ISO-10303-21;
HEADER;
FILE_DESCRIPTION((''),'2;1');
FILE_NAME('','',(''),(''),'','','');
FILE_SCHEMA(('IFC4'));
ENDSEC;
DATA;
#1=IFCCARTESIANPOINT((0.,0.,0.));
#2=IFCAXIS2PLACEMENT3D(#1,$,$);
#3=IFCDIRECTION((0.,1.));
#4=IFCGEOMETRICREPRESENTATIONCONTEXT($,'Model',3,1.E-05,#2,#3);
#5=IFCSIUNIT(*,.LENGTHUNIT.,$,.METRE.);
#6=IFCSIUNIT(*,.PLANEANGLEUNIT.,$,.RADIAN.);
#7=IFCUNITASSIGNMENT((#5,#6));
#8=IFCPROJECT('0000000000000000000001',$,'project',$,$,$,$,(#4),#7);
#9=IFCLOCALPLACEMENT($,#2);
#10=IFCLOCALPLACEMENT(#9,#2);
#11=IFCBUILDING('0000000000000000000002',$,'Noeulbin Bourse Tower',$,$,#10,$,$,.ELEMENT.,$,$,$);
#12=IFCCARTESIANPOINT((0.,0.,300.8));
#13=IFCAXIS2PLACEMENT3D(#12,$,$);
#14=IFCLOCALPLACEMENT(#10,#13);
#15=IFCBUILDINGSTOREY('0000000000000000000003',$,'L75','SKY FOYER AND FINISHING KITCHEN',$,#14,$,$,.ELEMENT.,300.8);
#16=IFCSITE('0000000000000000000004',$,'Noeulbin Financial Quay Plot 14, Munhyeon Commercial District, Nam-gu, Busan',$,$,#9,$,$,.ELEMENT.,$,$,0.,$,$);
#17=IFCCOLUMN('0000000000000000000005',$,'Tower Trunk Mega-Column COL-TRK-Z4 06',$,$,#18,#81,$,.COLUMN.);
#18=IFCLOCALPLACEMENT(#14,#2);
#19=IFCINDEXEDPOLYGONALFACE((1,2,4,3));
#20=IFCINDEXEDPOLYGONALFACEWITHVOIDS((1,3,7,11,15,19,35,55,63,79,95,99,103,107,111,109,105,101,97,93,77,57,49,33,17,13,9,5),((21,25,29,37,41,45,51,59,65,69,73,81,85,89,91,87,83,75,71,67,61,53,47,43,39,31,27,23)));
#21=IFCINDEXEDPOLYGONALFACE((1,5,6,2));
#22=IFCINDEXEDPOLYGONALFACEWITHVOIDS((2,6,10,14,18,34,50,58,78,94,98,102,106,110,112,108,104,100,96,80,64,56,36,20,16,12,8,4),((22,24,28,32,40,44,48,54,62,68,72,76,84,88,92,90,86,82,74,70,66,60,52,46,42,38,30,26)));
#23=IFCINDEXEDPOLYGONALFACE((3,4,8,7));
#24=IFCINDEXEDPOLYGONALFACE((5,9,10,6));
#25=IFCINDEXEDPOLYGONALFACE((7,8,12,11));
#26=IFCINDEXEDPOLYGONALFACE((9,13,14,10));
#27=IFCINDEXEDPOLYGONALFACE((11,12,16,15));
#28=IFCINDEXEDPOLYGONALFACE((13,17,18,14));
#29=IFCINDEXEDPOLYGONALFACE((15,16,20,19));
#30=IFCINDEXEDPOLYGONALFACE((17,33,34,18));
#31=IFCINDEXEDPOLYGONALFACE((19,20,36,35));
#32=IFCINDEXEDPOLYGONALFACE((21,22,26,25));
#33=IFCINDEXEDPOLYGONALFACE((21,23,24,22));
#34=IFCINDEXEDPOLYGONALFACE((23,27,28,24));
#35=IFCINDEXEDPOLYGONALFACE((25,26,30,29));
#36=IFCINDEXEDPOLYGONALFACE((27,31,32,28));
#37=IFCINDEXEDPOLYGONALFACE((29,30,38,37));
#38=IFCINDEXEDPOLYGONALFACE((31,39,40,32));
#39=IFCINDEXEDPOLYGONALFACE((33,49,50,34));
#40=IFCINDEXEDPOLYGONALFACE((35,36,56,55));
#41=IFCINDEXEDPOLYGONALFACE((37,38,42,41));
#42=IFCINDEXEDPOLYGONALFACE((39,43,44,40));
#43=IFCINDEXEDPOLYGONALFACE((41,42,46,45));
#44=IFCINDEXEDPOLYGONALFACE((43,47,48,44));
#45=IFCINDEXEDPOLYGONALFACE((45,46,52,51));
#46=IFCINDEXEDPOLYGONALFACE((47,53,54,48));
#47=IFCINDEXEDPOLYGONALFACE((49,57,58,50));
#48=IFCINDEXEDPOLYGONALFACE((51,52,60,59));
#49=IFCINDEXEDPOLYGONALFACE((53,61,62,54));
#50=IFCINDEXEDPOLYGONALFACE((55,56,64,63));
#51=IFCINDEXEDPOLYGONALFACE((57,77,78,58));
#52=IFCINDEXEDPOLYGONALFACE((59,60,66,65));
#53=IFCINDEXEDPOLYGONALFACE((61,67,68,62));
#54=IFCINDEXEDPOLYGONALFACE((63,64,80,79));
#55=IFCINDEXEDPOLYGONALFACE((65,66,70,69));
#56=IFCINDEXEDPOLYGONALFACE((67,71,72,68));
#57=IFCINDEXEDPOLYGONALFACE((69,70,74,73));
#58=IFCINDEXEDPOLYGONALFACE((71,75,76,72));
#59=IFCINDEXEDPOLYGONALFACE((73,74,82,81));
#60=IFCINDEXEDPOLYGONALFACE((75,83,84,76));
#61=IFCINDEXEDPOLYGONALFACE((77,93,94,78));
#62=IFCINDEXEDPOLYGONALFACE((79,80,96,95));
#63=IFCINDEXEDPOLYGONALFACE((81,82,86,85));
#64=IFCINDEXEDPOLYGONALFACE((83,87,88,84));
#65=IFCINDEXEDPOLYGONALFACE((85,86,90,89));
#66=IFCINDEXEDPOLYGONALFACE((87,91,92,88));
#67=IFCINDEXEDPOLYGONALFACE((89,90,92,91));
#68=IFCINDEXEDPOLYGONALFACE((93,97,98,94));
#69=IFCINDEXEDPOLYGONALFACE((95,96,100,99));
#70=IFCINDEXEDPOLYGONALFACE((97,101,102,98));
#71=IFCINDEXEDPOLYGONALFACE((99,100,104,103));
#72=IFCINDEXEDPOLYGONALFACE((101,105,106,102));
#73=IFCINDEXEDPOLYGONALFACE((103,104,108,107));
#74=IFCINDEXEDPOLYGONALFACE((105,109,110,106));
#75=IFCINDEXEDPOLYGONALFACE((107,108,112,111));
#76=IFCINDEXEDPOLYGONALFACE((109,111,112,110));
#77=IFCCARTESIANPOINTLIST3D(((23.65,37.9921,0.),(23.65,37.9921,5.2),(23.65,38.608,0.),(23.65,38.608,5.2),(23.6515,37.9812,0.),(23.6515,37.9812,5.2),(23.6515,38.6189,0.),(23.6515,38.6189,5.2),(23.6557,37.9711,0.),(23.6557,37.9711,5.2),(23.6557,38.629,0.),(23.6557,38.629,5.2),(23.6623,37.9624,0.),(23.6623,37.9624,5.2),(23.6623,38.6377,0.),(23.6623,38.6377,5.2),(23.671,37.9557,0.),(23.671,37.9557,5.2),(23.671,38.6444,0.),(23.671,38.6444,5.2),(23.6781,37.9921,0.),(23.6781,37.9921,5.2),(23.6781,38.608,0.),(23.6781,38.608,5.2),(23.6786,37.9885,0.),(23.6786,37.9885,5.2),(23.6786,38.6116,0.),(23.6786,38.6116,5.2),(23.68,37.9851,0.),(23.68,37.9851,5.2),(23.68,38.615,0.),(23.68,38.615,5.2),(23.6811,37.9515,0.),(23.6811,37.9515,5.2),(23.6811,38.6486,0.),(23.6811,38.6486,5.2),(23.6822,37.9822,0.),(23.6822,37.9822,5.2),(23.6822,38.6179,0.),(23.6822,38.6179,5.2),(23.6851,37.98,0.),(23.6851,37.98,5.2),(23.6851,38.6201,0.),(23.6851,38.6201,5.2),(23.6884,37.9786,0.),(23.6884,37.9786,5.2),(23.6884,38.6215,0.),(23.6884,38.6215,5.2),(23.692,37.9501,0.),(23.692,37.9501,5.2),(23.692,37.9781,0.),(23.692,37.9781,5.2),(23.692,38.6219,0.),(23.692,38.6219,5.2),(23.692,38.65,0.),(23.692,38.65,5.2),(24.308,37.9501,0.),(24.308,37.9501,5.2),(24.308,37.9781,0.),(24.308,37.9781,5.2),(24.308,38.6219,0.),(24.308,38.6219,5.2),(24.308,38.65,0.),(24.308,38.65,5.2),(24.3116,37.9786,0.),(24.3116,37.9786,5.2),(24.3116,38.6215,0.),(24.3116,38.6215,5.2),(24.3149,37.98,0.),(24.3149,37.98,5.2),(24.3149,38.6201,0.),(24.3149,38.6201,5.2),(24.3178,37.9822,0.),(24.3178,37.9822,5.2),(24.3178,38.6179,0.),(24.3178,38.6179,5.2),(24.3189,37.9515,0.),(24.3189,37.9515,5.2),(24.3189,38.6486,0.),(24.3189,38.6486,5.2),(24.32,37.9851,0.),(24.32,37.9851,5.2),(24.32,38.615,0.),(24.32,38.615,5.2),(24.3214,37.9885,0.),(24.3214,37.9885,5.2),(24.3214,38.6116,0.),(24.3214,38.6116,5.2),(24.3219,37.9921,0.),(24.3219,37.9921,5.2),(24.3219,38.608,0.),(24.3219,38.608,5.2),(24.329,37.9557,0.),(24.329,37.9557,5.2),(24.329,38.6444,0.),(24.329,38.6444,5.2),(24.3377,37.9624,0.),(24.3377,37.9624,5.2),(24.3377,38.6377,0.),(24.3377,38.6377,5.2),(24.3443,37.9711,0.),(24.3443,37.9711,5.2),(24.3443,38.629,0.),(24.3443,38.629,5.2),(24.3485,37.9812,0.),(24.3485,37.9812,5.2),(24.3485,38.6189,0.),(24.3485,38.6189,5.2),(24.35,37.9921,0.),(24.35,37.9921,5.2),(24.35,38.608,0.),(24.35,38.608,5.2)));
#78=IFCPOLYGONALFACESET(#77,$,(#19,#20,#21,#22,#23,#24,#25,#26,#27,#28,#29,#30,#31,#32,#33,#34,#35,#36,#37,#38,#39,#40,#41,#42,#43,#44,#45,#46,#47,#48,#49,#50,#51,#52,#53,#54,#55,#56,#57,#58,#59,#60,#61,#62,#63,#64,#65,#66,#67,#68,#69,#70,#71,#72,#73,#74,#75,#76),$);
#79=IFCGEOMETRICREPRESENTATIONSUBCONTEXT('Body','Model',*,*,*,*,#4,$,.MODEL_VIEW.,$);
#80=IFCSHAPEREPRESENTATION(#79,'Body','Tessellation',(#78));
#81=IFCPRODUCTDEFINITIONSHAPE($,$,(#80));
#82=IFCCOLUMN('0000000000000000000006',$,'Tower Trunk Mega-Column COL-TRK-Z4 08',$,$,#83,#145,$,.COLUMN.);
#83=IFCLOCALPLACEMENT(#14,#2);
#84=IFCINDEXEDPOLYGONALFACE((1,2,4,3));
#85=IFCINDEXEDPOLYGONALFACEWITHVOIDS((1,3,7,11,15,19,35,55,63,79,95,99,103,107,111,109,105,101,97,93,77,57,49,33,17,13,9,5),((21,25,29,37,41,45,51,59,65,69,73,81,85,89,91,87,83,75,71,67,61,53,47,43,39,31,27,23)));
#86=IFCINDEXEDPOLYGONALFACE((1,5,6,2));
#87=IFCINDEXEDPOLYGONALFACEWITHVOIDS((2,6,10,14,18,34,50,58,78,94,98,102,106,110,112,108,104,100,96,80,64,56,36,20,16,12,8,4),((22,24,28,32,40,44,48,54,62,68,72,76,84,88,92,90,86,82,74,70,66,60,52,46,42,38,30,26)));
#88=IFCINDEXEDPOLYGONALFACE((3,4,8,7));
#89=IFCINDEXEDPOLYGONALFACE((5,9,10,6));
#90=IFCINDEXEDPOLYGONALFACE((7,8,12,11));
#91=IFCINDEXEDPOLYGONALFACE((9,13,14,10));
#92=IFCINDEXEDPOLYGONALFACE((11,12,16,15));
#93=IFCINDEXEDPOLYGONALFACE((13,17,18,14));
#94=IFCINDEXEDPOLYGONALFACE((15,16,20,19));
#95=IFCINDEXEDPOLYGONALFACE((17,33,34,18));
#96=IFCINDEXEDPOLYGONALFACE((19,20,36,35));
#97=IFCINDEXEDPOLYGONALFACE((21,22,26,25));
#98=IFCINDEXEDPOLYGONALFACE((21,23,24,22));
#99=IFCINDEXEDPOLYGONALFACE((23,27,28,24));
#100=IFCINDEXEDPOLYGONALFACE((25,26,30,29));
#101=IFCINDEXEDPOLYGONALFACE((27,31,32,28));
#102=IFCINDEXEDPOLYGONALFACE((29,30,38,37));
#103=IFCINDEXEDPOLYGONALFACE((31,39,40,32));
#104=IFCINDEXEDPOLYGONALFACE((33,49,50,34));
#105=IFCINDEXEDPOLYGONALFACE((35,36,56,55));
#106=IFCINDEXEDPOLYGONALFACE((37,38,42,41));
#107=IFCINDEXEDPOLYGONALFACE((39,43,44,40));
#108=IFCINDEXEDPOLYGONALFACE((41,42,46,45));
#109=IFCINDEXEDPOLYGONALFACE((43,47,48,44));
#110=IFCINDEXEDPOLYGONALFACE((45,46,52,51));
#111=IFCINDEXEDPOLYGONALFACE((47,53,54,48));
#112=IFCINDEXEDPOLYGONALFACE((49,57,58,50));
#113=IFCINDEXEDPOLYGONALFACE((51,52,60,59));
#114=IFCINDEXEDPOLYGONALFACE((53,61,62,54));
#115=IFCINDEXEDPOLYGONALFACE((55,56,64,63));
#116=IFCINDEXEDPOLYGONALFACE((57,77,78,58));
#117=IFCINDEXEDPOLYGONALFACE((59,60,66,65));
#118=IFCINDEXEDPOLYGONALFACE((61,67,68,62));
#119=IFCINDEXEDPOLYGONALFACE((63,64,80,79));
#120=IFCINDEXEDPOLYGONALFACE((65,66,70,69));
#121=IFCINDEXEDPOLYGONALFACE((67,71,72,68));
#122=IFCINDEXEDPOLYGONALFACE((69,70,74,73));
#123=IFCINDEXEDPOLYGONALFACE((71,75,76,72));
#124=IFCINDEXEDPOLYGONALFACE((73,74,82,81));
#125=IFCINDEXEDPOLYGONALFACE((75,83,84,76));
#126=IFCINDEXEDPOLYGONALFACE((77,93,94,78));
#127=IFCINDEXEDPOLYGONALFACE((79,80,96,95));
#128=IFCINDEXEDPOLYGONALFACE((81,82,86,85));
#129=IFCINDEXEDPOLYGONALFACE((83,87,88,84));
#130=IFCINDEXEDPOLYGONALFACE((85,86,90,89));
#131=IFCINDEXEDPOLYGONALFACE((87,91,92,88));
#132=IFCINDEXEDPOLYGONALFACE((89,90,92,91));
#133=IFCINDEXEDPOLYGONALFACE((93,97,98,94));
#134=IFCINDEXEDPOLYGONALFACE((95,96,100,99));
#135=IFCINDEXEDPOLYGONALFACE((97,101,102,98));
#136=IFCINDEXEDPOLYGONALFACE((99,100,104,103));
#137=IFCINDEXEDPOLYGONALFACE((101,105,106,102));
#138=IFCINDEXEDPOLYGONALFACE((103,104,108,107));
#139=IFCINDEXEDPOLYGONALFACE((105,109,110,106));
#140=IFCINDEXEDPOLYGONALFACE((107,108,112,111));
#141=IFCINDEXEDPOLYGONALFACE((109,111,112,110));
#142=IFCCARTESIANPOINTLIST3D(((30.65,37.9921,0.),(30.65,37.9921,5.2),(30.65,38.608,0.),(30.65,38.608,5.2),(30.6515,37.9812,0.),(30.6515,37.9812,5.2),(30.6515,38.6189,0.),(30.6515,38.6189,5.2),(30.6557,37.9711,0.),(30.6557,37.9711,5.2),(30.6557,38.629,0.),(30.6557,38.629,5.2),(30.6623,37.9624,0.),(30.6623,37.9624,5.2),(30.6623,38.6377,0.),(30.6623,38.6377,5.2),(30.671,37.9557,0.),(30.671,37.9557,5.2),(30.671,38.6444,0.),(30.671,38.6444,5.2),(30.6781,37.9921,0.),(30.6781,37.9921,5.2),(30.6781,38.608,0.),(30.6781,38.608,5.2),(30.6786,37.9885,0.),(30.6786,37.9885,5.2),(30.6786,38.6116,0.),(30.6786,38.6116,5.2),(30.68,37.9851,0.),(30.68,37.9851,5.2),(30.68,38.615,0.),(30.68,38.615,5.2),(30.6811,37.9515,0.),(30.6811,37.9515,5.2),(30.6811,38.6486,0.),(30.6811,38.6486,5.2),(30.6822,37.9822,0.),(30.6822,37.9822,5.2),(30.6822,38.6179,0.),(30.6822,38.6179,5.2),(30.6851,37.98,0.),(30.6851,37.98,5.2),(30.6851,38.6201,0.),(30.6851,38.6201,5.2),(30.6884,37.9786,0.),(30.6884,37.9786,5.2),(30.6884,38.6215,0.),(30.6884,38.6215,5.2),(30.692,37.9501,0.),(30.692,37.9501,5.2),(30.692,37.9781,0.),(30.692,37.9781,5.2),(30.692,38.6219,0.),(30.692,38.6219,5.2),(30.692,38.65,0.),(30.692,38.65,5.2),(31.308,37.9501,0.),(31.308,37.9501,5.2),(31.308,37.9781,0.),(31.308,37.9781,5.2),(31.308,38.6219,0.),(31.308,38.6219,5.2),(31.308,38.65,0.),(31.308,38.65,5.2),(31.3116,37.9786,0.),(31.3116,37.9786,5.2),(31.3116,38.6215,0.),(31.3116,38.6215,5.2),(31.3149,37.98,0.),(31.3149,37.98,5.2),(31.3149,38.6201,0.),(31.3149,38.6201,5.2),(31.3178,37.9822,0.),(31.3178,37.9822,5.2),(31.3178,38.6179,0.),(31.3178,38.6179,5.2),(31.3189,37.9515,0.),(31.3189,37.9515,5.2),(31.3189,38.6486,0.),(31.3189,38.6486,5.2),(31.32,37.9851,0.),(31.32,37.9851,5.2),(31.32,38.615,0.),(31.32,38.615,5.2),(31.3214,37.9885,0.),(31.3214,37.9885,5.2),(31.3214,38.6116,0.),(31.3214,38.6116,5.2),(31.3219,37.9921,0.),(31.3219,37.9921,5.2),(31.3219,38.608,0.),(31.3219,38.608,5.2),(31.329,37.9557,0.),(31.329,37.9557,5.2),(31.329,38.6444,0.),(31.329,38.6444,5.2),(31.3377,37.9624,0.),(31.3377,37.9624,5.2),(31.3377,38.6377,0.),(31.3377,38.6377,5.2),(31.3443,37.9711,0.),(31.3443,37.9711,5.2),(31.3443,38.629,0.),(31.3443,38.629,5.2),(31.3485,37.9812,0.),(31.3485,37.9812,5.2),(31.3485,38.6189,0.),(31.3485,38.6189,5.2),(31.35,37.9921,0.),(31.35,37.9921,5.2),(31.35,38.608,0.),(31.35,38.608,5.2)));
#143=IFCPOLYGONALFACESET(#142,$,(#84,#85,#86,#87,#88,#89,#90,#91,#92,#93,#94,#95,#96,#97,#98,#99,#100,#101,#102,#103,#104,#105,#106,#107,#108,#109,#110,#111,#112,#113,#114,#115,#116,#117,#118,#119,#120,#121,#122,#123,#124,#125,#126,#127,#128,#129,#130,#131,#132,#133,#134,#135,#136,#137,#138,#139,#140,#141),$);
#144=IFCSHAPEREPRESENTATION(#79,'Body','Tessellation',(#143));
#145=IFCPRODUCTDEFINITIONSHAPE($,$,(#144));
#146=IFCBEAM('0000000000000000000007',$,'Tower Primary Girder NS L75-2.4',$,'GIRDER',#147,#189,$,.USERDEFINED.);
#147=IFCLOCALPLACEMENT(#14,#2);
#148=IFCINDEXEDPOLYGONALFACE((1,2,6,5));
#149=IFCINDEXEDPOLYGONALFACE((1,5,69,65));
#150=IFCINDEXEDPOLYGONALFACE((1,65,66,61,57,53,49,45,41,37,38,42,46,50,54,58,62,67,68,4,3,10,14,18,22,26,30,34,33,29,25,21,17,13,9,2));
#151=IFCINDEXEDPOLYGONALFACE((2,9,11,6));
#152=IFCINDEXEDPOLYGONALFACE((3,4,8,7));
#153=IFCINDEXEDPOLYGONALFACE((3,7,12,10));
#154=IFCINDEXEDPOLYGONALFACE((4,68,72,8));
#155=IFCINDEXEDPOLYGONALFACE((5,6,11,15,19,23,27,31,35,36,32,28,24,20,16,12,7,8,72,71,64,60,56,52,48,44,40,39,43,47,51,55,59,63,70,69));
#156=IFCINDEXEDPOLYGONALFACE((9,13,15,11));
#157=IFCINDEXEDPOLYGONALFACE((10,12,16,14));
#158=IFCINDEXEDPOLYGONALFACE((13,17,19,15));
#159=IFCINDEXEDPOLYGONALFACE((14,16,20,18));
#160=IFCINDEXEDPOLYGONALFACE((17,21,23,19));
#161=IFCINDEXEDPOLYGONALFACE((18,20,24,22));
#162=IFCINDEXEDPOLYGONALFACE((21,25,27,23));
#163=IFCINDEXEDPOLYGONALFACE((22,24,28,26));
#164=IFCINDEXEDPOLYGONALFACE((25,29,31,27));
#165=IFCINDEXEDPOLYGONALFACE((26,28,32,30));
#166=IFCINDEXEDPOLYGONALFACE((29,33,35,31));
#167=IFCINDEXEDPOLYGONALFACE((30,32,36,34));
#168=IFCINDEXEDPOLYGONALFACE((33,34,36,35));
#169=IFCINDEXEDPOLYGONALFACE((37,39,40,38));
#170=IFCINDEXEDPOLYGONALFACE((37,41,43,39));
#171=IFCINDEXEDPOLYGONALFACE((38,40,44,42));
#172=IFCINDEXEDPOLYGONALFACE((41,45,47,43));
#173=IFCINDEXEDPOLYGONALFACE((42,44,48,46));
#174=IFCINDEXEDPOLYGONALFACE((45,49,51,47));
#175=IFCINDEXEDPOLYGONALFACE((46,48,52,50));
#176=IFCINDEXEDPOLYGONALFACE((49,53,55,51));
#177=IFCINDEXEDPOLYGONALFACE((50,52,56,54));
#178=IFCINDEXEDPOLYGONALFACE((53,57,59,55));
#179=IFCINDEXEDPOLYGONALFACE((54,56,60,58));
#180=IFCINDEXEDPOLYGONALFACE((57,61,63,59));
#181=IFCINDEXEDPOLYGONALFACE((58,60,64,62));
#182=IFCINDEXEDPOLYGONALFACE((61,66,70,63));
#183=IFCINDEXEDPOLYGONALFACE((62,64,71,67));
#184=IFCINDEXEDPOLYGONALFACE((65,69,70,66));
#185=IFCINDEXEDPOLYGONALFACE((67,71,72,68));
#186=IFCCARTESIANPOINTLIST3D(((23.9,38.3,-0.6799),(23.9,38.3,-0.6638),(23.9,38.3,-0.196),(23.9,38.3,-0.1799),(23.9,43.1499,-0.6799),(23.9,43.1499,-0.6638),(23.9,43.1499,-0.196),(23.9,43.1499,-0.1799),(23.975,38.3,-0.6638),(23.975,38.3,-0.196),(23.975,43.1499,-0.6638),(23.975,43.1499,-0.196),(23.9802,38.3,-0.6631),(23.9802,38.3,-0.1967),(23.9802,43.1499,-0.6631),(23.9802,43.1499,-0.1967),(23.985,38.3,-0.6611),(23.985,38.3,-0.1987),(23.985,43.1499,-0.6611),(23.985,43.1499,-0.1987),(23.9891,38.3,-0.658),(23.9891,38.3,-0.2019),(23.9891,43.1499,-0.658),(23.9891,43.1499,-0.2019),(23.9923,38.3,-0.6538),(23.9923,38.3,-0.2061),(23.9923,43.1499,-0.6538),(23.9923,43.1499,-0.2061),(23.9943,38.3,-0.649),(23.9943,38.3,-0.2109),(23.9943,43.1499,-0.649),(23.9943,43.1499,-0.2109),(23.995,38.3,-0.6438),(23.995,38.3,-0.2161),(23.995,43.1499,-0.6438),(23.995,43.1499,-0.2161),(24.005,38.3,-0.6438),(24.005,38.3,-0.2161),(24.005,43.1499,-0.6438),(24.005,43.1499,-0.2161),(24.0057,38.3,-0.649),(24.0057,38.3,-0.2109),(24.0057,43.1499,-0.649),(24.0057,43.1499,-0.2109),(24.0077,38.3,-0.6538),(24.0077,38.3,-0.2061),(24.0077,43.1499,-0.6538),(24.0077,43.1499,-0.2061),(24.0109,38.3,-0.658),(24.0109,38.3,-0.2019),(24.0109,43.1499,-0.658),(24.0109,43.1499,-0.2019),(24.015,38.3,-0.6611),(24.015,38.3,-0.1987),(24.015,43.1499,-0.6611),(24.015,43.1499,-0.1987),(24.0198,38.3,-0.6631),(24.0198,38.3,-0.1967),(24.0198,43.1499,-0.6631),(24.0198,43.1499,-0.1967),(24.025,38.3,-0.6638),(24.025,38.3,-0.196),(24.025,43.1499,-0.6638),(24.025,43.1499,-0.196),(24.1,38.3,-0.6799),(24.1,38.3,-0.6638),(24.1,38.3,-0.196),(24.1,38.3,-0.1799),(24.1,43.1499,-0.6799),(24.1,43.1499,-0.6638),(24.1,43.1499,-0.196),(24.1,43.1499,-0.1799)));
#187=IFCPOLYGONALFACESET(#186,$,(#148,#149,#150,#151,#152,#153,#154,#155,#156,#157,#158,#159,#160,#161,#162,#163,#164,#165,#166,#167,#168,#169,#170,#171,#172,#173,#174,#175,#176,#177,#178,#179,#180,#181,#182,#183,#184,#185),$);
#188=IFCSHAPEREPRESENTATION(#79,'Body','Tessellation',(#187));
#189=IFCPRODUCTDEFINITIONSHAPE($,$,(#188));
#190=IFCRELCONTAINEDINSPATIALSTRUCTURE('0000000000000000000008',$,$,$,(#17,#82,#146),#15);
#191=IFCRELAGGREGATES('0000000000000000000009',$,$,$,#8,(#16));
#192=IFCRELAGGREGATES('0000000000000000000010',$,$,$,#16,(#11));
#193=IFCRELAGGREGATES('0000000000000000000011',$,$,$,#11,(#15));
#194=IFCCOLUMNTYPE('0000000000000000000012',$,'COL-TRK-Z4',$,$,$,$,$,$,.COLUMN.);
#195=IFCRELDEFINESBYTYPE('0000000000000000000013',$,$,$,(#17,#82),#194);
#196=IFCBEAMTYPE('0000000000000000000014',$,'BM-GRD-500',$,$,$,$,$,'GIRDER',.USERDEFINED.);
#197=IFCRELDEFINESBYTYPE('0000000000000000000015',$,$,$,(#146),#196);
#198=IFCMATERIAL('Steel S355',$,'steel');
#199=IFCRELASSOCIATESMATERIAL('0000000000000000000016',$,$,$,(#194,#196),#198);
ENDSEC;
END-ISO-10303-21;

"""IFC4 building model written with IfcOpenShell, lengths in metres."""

from ifc_helpers import new_model, si_unit, direction, frame, origin, origin_2d, place, context, subcontext, project, spatial, hollow_rectangle, i_section, extrude, material, material_profile, profile_set, type_object, element, save


model = new_model("IFC4")

# Units and contexts
model_context = context("Model", 3, precision=1e-05, world=origin(), true_north=direction((0.0, 1.0)))
body_context = subcontext(model_context, "Body", "Model", "MODEL_VIEW")
ifc_project = project(units=[si_unit("LENGTHUNIT", "METRE"), si_unit("PLANEANGLEUNIT", "RADIAN")], contexts=[model_context])

# Site, building, storey
site_placement = place(None, origin())
site = spatial("IfcSite", under=ifc_project, at=site_placement, Name="Noeulbin Financial Quay Plot 14, Munhyeon Commercial District, Nam-gu, Busan", CompositionType="ELEMENT", RefElevation=0.0)
building_placement = place(site_placement, origin())
building = spatial("IfcBuilding", under=site, at=building_placement, Name="Noeulbin Bourse Tower", CompositionType="ELEMENT")
storey_placement = place(building_placement, frame((0.0, 0.0, 300.8)))
storey = spatial("IfcBuildingStorey", under=building, at=storey_placement, Name="L75", Description="SKY FOYER AND FINISHING KITCHEN", CompositionType="ELEMENT", Elevation=300.8)

# Columns
ifc_material_1 = material(Name="Steel S355", Category="steel")
ifc_material_profile_1 = material_profile(ifc_material_1, hollow_rectangle(XDim=0.7, YDim=0.7, WallThickness=0.0281, InnerFilletRadius=0.0139, OuterFilletRadius=0.042, at=origin_2d()), Name="BOX-700x700x28", Category="LoadBearing")
ifc_profile_set_1 = profile_set([ifc_material_profile_1], Name="Steel S355")
column_type_1 = type_object("IfcColumnType", Name="COL-TRK-Z4", PredefinedType="COLUMN", material=ifc_profile_set_1)
for number, where, z_axis, x_axis, name in (
    (1, (24.0, 38.3, 0.0), (0.0, 0.0, 1.0), (1.0, 0.0, 0.0), "Tower Trunk Mega-Column COL-TRK-Z4 06"),
    (2, (31.0, 38.3, 0.0), (0.0, 0.0, 1.0), (1.0, 0.0, 0.0), "Tower Trunk Mega-Column COL-TRK-Z4 08"),
):
    element("IfcColumn", number, at=place(storey_placement, frame(where, z_axis=z_axis, x_axis=x_axis)), inside=storey, type_object=column_type_1, Name=name, PredefinedType="COLUMN", context=body_context, shape_type="SweptSolid", body=[
        extrude(hollow_rectangle(XDim=0.7, YDim=0.7, WallThickness=0.0281, InnerFilletRadius=0.0139, OuterFilletRadius=0.042, at=origin_2d()), origin(), (0.0, 0.0, 1.0), 5.2),
    ])

# Beam
ifc_material_profile_2 = material_profile(ifc_material_1, i_section(OverallWidth=0.2, OverallDepth=0.5, WebThickness=0.01, FlangeThickness=0.0161, FilletRadius=0.02, at=origin_2d()), Name="H-500x200x10x16", Category="LoadBearing")
ifc_profile_set_2 = profile_set([ifc_material_profile_2], Name="Steel S355")
beam_type_1 = type_object("IfcBeamType", Name="BM-GRD-500", ElementType="GIRDER", PredefinedType="USERDEFINED", material=ifc_profile_set_2)
for number, where, z_axis, x_axis, name in (
    (3, (24.0, 38.3, -0.4299), (0.0, 1.0, 0.0), (-1.0, 0.0, 0.0), "Tower Primary Girder NS L75-2.4"),
):
    element("IfcBeam", number, at=place(storey_placement, frame(where, z_axis=z_axis, x_axis=x_axis)), inside=storey, type_object=beam_type_1, Name=name, ObjectType="GIRDER", PredefinedType="USERDEFINED", context=body_context, shape_type="SweptSolid", body=[
        extrude(i_section(OverallWidth=0.2, OverallDepth=0.5, WebThickness=0.01, FlangeThickness=0.0161, FilletRadius=0.02, at=origin_2d()), origin(), (0.0, 0.0, 1.0), 4.8499),
    ])

save(model, "model.ifc")
